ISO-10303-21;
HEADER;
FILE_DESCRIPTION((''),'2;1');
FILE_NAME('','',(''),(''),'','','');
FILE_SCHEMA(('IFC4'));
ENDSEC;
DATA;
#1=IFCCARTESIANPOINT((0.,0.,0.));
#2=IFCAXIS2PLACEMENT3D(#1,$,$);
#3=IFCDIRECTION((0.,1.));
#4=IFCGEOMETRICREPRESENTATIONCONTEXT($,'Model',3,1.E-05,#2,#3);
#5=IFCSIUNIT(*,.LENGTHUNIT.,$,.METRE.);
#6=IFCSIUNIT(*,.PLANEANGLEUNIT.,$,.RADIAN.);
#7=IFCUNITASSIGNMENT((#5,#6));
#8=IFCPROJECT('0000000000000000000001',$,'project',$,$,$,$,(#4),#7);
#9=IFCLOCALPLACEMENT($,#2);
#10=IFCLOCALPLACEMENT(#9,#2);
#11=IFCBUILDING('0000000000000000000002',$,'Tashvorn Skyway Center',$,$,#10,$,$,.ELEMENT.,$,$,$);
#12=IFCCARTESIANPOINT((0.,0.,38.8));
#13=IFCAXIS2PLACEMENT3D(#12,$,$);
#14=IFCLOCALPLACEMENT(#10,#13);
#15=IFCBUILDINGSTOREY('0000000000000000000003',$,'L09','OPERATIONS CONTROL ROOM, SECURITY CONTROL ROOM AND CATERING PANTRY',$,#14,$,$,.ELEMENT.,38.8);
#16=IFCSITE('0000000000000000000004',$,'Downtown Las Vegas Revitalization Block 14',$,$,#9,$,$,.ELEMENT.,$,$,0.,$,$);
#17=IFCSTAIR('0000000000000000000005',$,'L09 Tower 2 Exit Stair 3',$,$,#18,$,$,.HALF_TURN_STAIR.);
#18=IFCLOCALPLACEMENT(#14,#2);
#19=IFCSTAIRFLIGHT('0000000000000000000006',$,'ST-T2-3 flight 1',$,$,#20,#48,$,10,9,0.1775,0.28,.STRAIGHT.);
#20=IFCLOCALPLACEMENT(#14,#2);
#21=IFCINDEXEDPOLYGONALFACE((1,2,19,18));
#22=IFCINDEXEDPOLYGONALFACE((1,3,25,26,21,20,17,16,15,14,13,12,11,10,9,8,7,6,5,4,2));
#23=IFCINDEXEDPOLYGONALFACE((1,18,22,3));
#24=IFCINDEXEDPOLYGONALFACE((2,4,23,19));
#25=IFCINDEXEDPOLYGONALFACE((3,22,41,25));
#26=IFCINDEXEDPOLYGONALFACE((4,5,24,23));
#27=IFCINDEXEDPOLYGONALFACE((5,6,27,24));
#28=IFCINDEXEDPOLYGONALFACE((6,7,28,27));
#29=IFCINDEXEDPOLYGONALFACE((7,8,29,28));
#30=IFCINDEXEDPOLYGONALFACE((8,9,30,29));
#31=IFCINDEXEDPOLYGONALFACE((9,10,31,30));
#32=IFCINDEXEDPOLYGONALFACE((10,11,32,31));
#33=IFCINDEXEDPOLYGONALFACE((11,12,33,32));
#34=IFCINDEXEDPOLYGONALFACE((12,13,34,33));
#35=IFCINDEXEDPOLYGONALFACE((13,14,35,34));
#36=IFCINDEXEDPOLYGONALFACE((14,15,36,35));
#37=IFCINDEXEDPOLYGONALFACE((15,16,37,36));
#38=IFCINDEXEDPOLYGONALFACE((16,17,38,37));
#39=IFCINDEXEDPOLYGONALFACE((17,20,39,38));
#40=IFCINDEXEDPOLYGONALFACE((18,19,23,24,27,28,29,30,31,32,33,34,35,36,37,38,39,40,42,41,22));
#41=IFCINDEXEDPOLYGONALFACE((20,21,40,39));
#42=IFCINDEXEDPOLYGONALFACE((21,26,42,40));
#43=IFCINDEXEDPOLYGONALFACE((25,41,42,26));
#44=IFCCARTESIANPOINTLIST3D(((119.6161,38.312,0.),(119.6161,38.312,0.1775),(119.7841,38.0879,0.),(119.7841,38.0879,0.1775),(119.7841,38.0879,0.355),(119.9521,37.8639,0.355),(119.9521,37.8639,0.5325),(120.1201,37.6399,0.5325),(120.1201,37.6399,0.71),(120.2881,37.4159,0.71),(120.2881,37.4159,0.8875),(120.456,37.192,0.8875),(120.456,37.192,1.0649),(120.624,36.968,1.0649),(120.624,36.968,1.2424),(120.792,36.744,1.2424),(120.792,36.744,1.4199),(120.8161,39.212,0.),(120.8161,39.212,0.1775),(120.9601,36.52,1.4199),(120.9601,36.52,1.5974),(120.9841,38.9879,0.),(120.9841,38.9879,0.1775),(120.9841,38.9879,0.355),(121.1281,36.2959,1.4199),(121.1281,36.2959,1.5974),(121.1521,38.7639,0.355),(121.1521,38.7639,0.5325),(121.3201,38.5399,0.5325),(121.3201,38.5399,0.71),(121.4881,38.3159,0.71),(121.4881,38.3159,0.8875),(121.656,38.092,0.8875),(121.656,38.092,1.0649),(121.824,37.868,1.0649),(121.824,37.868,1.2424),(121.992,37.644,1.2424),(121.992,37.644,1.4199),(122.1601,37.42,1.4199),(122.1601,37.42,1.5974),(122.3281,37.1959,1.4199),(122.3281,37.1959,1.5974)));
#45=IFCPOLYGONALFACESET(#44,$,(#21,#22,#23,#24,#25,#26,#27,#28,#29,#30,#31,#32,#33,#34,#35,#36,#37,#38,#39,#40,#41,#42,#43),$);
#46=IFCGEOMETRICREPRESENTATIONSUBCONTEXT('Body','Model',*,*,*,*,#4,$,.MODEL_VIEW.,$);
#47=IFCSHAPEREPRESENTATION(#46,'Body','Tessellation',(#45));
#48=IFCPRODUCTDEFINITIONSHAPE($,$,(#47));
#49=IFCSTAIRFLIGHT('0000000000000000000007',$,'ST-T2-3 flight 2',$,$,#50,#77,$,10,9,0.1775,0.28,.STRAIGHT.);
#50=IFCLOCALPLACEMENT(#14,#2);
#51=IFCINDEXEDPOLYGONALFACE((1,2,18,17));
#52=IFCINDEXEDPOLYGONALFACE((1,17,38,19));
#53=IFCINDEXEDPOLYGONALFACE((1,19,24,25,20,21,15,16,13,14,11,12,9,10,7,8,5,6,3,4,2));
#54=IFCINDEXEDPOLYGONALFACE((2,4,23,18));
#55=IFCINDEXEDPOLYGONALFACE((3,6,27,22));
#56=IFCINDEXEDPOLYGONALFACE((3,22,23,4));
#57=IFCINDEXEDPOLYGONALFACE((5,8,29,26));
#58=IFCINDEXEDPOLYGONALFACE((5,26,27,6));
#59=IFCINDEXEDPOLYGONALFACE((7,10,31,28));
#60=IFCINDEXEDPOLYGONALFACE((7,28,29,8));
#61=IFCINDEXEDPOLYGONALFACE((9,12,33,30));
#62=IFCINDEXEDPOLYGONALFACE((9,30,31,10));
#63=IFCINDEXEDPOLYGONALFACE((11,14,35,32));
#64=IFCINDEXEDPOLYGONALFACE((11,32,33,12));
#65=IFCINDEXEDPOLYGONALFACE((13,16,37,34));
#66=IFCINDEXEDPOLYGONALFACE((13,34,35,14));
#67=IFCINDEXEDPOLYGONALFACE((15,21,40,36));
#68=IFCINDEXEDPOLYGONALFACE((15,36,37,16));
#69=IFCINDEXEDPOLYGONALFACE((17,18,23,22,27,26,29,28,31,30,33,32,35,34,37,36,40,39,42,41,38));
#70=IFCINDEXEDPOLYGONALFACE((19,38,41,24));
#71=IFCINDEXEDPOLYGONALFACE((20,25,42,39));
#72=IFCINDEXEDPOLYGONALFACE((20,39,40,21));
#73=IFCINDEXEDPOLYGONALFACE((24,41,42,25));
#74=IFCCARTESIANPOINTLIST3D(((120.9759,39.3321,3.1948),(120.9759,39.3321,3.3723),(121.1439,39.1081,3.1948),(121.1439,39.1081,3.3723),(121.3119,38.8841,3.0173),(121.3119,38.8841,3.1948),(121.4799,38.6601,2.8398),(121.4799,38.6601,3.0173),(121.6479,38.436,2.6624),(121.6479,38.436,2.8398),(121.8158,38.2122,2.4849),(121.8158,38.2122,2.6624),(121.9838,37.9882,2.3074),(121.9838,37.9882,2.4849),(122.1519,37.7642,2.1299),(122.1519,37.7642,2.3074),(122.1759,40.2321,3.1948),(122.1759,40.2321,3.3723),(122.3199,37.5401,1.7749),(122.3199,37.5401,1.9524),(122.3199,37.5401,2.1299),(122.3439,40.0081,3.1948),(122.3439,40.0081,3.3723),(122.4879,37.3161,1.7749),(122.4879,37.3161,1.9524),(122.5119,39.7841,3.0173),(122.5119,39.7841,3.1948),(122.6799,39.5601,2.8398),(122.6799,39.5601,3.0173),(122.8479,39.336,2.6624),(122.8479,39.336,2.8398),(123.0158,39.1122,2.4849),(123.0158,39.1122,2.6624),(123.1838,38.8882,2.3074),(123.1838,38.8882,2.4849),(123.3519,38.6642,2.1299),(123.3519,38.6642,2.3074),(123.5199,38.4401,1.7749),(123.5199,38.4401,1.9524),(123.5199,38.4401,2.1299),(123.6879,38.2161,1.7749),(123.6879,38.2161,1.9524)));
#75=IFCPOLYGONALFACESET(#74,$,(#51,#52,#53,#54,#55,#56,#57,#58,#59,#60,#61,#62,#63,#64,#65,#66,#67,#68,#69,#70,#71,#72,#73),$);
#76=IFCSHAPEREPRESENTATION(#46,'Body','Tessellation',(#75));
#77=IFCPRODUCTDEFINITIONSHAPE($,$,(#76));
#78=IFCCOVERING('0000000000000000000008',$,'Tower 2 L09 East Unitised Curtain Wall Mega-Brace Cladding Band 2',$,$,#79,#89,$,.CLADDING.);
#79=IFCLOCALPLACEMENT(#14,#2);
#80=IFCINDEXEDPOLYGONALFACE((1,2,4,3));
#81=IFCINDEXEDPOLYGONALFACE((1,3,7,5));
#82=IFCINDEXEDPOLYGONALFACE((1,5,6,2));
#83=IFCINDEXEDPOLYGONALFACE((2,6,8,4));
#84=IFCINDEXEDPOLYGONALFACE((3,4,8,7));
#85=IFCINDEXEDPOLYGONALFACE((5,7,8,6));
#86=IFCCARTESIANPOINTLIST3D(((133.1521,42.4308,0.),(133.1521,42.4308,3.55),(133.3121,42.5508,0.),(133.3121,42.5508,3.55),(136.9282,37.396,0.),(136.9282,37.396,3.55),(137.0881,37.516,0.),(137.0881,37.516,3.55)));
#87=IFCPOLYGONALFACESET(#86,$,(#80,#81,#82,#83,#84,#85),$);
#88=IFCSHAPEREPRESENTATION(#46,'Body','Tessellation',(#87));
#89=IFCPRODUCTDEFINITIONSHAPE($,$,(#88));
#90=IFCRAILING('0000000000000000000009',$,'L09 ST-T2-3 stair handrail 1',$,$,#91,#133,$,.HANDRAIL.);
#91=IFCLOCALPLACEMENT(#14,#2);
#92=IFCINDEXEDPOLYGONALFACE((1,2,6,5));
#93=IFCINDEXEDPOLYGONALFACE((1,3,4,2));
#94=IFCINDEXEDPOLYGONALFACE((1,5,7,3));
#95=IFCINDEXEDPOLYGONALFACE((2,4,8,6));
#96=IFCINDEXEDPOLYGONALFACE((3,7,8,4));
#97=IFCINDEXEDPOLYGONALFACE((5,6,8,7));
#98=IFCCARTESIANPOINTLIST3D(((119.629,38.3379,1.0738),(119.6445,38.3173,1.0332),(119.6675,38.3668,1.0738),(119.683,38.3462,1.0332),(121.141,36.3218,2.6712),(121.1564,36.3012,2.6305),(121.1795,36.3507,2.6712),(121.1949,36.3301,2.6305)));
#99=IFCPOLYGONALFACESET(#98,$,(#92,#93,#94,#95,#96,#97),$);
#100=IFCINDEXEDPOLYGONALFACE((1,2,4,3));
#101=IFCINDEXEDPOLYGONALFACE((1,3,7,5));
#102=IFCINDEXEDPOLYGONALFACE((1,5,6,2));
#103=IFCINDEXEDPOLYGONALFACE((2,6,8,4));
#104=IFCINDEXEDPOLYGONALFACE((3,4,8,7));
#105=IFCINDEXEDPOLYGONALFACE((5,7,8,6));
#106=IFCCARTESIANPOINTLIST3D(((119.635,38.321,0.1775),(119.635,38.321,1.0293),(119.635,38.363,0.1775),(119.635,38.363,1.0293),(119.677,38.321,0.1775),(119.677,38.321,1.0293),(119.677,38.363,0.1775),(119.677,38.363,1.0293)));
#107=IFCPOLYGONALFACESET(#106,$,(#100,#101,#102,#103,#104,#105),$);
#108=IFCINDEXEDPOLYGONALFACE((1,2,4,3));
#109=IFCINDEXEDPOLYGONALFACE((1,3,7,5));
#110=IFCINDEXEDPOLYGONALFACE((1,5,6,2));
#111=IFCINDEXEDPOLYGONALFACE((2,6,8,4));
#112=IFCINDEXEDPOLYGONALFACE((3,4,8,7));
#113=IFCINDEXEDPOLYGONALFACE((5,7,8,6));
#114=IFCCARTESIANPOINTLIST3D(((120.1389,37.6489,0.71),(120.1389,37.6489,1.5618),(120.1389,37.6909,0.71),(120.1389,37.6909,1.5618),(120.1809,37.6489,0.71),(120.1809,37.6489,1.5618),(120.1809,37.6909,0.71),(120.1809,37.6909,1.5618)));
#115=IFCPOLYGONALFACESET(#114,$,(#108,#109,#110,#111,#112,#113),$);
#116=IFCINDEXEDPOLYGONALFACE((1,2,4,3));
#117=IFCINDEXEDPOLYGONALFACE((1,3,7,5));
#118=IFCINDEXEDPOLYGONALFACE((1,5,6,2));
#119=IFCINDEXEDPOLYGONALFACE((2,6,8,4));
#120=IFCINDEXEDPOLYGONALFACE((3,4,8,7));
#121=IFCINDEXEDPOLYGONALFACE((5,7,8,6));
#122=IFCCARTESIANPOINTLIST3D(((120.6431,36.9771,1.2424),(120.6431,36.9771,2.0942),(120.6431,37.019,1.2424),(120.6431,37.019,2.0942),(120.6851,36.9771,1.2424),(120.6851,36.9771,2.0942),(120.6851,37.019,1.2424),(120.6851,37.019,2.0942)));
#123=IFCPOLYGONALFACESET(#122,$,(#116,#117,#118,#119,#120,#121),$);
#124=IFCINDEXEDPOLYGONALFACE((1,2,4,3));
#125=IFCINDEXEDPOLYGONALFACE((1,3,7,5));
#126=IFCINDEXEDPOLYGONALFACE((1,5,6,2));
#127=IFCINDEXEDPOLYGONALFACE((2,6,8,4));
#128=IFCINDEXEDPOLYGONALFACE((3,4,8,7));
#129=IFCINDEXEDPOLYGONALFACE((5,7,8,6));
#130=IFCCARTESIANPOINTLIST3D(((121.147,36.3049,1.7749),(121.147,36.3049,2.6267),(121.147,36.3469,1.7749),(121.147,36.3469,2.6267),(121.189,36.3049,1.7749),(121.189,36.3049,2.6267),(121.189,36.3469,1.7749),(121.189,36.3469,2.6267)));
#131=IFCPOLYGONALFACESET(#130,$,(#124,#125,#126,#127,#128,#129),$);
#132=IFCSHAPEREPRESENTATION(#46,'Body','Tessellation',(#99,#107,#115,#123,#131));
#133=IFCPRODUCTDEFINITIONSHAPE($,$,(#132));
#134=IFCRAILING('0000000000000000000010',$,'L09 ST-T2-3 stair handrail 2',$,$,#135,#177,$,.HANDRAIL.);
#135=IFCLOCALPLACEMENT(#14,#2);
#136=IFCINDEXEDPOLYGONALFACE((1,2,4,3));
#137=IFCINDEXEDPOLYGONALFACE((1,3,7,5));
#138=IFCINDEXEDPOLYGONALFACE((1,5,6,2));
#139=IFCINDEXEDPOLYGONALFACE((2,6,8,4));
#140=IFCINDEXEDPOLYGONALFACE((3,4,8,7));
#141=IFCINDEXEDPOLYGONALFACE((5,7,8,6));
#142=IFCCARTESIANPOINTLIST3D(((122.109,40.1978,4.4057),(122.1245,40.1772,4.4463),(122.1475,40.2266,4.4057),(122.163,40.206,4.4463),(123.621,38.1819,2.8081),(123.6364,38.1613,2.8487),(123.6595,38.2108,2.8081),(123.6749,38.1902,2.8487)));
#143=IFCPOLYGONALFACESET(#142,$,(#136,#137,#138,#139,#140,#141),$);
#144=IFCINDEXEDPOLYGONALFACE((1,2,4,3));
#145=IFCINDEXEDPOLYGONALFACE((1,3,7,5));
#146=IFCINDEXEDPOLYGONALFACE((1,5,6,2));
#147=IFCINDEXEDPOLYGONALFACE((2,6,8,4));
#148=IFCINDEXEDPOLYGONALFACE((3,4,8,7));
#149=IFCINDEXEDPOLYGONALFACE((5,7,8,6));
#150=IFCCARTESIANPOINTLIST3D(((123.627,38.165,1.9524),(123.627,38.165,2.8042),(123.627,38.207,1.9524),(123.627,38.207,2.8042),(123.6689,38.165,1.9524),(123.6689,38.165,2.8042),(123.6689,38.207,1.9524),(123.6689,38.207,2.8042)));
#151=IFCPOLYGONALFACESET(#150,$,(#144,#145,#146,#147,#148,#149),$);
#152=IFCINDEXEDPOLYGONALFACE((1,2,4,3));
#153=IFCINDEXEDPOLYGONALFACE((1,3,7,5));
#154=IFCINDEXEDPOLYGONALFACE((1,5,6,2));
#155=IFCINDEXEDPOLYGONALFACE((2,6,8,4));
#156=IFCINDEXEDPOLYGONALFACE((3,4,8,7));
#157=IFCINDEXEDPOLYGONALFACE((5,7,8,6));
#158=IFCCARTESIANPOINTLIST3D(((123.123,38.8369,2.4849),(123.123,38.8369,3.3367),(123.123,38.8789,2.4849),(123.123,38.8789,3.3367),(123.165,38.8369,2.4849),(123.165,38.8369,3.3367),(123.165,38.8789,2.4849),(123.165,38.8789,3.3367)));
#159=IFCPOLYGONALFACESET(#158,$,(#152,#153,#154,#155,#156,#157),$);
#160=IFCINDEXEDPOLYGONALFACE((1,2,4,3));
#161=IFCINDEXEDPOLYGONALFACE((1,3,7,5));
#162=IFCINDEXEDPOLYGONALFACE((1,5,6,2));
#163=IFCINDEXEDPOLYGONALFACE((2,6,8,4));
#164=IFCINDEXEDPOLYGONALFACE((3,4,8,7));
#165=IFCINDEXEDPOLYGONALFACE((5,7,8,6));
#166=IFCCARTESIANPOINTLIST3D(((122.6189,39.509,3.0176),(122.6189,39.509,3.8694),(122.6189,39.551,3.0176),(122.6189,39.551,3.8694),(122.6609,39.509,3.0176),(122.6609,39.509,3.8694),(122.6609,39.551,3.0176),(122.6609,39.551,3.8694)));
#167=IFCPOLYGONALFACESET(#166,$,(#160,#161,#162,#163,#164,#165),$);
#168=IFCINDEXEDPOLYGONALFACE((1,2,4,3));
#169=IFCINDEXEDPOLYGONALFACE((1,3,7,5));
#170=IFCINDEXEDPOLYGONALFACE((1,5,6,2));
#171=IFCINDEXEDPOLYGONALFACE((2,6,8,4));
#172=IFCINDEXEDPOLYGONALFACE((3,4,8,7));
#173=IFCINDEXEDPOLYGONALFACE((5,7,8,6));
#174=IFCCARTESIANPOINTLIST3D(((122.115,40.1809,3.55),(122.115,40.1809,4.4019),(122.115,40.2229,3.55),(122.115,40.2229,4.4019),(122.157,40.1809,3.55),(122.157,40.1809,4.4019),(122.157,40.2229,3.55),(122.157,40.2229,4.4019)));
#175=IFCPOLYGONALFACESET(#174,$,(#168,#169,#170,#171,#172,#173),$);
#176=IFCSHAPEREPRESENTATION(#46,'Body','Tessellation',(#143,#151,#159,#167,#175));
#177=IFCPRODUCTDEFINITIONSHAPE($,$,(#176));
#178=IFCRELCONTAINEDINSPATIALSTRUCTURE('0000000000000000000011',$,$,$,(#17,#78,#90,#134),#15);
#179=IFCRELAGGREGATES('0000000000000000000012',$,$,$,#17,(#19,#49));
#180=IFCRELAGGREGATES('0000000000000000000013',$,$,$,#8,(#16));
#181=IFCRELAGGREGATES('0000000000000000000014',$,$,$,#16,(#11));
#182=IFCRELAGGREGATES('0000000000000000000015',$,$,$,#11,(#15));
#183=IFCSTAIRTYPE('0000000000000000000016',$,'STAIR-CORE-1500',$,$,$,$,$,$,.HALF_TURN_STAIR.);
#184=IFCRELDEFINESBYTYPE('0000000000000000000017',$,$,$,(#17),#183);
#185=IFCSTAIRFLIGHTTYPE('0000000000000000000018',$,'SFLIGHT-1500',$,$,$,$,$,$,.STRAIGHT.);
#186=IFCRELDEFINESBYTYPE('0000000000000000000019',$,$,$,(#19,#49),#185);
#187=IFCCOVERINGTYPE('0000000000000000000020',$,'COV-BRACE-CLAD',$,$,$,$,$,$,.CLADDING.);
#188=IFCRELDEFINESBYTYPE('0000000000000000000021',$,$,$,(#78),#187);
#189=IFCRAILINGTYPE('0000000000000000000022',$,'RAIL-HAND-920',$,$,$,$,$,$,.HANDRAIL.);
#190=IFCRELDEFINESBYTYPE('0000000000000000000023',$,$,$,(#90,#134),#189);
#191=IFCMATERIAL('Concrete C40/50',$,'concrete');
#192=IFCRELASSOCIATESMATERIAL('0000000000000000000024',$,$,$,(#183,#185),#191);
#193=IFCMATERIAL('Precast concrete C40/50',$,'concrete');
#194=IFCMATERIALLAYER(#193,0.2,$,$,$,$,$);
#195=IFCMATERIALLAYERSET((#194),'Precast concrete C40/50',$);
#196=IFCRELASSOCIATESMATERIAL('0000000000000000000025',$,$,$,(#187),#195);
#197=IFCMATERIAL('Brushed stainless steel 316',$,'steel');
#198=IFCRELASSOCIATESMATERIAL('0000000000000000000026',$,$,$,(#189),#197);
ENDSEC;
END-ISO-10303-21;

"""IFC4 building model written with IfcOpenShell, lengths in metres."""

from ifc_helpers import new_model, si_unit, direction, frame, origin, origin_2d, place, context, subcontext, project, spatial, polyline, rectangle, outline, extrude, material, layer, layer_set, type_object, element, aggregate, save


model = new_model("IFC4")

# Units and contexts
model_context = context("Model", 3, precision=1e-05, world=origin(), true_north=direction((0.0, 1.0)))
body_context = subcontext(model_context, "Body", "Model", "MODEL_VIEW")
ifc_project = project(units=[si_unit("LENGTHUNIT", "METRE"), si_unit("PLANEANGLEUNIT", "RADIAN")], contexts=[model_context])

# Site, building, storey
site_placement = place(None, origin())
site = spatial("IfcSite", under=ifc_project, at=site_placement, Name="Downtown Las Vegas Revitalization Block 14", CompositionType="ELEMENT", RefElevation=0.0)
building_placement = place(site_placement, origin())
building = spatial("IfcBuilding", under=site, at=building_placement, Name="Tashvorn Skyway Center", CompositionType="ELEMENT")
storey_placement = place(building_placement, frame((0.0, 0.0, 38.8)))
storey = spatial("IfcBuildingStorey", under=building, at=storey_placement, Name="L09", Description="OPERATIONS CONTROL ROOM, SECURITY CONTROL ROOM AND CATERING PANTRY", CompositionType="ELEMENT", Elevation=38.8)

# Shared definitions
ifc_material_1 = material(Name="Concrete C40/50", Category="concrete")

# Stair, stair flights
stair_type = type_object("IfcStairType", Name="STAIR-CORE-1500", PredefinedType="HALF_TURN_STAIR", material=ifc_material_1)
stair_placement = place(storey_placement, origin())
stair = element("IfcStair", 1, at=stair_placement, inside=storey, type_object=stair_type, Name="L09 Tower 2 Exit Stair 3", PredefinedType="HALF_TURN_STAIR")
stair_flight_type = type_object("IfcStairFlightType", Name="SFLIGHT-1500", PredefinedType="STRAIGHT", material=ifc_material_1)
stair_flight_1_placement = place(storey_placement, frame((120.2161, 38.762, 0.0), z_axis=(0.0, 0.0, 1.0), x_axis=(0.6, -0.8, 0.0)))
stair_flight_1 = element("IfcStairFlight", 2, at=stair_flight_1_placement, type_object=stair_flight_type, Name="ST-T2-3 flight 1", NumberOfRisers=10, NumberOfTreads=9, PredefinedType="STRAIGHT", RiserHeight=0.1775, TreadLength=0.28, context=body_context, shape_type="SweptSolid", body=[
    extrude(outline(polyline([(0.0, 0.0), (0.0, 0.1775), (0.28, 0.1775), (0.28, 0.355), (0.5601, 0.355), (0.5601, 0.5325), (0.8401, 0.5325), (0.8401, 0.71), (1.1201, 0.71), (1.1201, 0.8875), (1.3999, 0.8875), (1.3999, 1.0649), (1.6799, 1.0649), (1.6799, 1.2424), (1.96, 1.2424), (1.96, 1.4199), (2.24, 1.4199), (2.24, 1.5974), (2.52, 1.5974), (2.52, 1.7749), (2.52, 1.4199), (0.28, 0.0), (0.0, 0.0)])), frame((0.0, 0.75, 0.0), z_axis=(0.0, -1.0, 0.0), x_axis=(1.0, 0.0, 0.0)), (0.0, 0.0, 1.0), 1.5),
])
stair_flight_2_placement = place(storey_placement, frame((123.0879, 37.7661, 1.7749), z_axis=(0.0, 0.0, 1.0), x_axis=(-0.6, 0.8, 0.0)))
stair_flight_2 = element("IfcStairFlight", 3, at=stair_flight_2_placement, type_object=stair_flight_type, Name="ST-T2-3 flight 2", NumberOfRisers=10, NumberOfTreads=9, PredefinedType="STRAIGHT", RiserHeight=0.1775, TreadLength=0.28, context=body_context, shape_type="SweptSolid", body=[
    extrude(outline(polyline([(0.0, 0.0), (0.0, 0.1775), (0.28, 0.1775), (0.28, 0.355), (0.5601, 0.355), (0.5601, 0.5325), (0.8401, 0.5325), (0.8401, 0.71), (1.1201, 0.71), (1.1201, 0.8875), (1.3999, 0.8875), (1.3999, 1.0649), (1.6799, 1.0649), (1.6799, 1.2424), (1.96, 1.2424), (1.96, 1.4199), (2.24, 1.4199), (2.24, 1.5974), (2.52, 1.5974), (2.52, 1.7749), (2.52, 1.4199), (0.28, 0.0), (0.0, 0.0)])), frame((0.0, 0.75, 0.0), z_axis=(0.0, -1.0, 0.0), x_axis=(1.0, 0.0, 0.0)), (0.0, 0.0, 1.0), 1.5),
])
aggregate(stair, [stair_flight_1, stair_flight_2])

# Covering
ifc_material_2 = material(Name="Precast concrete C40/50", Category="concrete")
ifc_layer_1 = layer(ifc_material_2, 0.2)
ifc_layer_set_1 = layer_set([ifc_layer_1], Name="Precast concrete C40/50")
covering_type = type_object("IfcCoveringType", Name="COV-BRACE-CLAD", PredefinedType="CLADDING", material=ifc_layer_set_1)
covering_placement = place(storey_placement, frame((135.1201, 39.9734, 0.0), z_axis=(0.0, 0.0, 1.0), x_axis=(0.6, -0.8, 0.0)))
element("IfcCovering", 4, at=covering_placement, inside=storey, type_object=covering_type, Name="Tower 2 L09 East Unitised Curtain Wall Mega-Brace Cladding Band 2", PredefinedType="CLADDING", context=body_context, shape_type="SweptSolid", body=[
    extrude(rectangle(XDim=6.2935, YDim=0.2, at=origin_2d()), origin(), (0.0, 0.0, 1.0), 3.55),
])

# Railings
ifc_material_3 = material(Name="Brushed stainless steel 316", Category="steel")
railing_type_1 = type_object("IfcRailingType", Name="RAIL-HAND-920", PredefinedType="HANDRAIL", material=ifc_material_3)
railing_1_placement = place(storey_placement, frame((119.656, 38.342, 0.1775)))
element("IfcRailing", 5, at=railing_1_placement, inside=storey, type_object=railing_type_1, Name="L09 ST-T2-3 stair handrail 1", PredefinedType="HANDRAIL", context=body_context, shape_type="SweptSolid", body=[
    extrude(rectangle(XDim=0.0481, YDim=0.0481, at=origin_2d()), frame((0.0, 0.0, 0.876), z_axis=(0.506741, -0.675709, 0.535379), x_axis=(0.800023, 0.599969, 0.0)), (0.0, 0.0, 1.0), 2.9836),
    extrude(rectangle(XDim=0.042, YDim=0.042, at=origin_2d()), origin(), (0.0, 0.0, 1.0), 0.8518),
    extrude(rectangle(XDim=0.042, YDim=0.042, at=origin_2d()), frame((0.5039, -0.6721, 0.5325)), (0.0, 0.0, 1.0), 0.8518),
    extrude(rectangle(XDim=0.042, YDim=0.042, at=origin_2d()), frame((1.0081, -1.344, 1.0649)), (0.0, 0.0, 1.0), 0.8518),
    extrude(rectangle(XDim=0.042, YDim=0.042, at=origin_2d()), frame((1.512, -2.0161, 1.5974)), (0.0, 0.0, 1.0), 0.8518),
])
railing_2_placement = place(storey_placement, frame((123.6479, 38.186, 1.9524)))
element("IfcRailing", 6, at=railing_2_placement, inside=storey, type_object=railing_type_1, Name="L09 ST-T2-3 stair handrail 2", PredefinedType="HANDRAIL", context=body_context, shape_type="SweptSolid", body=[
    extrude(rectangle(XDim=0.0481, YDim=0.0481, at=origin_2d()), frame((0.0, 0.0, 0.876), z_axis=(-0.506747, 0.675635, 0.535467), x_axis=(-0.799988, -0.600016, 0.0)), (0.0, 0.0, 1.0), 2.9836),
    extrude(rectangle(XDim=0.042, YDim=0.042, at=origin_2d()), origin(), (0.0, 0.0, 1.0), 0.8518),
    extrude(rectangle(XDim=0.042, YDim=0.042, at=origin_2d()), frame((-0.5039, 0.6719, 0.5325)), (0.0, 0.0, 1.0), 0.8518),
    extrude(rectangle(XDim=0.042, YDim=0.042, at=origin_2d()), frame((-1.0081, 1.344, 1.0652)), (0.0, 0.0, 1.0), 0.8518),
    extrude(rectangle(XDim=0.042, YDim=0.042, at=origin_2d()), frame((-1.512, 2.0159, 1.5977)), (0.0, 0.0, 1.0), 0.8518),
])

save(model, "model.ifc")
